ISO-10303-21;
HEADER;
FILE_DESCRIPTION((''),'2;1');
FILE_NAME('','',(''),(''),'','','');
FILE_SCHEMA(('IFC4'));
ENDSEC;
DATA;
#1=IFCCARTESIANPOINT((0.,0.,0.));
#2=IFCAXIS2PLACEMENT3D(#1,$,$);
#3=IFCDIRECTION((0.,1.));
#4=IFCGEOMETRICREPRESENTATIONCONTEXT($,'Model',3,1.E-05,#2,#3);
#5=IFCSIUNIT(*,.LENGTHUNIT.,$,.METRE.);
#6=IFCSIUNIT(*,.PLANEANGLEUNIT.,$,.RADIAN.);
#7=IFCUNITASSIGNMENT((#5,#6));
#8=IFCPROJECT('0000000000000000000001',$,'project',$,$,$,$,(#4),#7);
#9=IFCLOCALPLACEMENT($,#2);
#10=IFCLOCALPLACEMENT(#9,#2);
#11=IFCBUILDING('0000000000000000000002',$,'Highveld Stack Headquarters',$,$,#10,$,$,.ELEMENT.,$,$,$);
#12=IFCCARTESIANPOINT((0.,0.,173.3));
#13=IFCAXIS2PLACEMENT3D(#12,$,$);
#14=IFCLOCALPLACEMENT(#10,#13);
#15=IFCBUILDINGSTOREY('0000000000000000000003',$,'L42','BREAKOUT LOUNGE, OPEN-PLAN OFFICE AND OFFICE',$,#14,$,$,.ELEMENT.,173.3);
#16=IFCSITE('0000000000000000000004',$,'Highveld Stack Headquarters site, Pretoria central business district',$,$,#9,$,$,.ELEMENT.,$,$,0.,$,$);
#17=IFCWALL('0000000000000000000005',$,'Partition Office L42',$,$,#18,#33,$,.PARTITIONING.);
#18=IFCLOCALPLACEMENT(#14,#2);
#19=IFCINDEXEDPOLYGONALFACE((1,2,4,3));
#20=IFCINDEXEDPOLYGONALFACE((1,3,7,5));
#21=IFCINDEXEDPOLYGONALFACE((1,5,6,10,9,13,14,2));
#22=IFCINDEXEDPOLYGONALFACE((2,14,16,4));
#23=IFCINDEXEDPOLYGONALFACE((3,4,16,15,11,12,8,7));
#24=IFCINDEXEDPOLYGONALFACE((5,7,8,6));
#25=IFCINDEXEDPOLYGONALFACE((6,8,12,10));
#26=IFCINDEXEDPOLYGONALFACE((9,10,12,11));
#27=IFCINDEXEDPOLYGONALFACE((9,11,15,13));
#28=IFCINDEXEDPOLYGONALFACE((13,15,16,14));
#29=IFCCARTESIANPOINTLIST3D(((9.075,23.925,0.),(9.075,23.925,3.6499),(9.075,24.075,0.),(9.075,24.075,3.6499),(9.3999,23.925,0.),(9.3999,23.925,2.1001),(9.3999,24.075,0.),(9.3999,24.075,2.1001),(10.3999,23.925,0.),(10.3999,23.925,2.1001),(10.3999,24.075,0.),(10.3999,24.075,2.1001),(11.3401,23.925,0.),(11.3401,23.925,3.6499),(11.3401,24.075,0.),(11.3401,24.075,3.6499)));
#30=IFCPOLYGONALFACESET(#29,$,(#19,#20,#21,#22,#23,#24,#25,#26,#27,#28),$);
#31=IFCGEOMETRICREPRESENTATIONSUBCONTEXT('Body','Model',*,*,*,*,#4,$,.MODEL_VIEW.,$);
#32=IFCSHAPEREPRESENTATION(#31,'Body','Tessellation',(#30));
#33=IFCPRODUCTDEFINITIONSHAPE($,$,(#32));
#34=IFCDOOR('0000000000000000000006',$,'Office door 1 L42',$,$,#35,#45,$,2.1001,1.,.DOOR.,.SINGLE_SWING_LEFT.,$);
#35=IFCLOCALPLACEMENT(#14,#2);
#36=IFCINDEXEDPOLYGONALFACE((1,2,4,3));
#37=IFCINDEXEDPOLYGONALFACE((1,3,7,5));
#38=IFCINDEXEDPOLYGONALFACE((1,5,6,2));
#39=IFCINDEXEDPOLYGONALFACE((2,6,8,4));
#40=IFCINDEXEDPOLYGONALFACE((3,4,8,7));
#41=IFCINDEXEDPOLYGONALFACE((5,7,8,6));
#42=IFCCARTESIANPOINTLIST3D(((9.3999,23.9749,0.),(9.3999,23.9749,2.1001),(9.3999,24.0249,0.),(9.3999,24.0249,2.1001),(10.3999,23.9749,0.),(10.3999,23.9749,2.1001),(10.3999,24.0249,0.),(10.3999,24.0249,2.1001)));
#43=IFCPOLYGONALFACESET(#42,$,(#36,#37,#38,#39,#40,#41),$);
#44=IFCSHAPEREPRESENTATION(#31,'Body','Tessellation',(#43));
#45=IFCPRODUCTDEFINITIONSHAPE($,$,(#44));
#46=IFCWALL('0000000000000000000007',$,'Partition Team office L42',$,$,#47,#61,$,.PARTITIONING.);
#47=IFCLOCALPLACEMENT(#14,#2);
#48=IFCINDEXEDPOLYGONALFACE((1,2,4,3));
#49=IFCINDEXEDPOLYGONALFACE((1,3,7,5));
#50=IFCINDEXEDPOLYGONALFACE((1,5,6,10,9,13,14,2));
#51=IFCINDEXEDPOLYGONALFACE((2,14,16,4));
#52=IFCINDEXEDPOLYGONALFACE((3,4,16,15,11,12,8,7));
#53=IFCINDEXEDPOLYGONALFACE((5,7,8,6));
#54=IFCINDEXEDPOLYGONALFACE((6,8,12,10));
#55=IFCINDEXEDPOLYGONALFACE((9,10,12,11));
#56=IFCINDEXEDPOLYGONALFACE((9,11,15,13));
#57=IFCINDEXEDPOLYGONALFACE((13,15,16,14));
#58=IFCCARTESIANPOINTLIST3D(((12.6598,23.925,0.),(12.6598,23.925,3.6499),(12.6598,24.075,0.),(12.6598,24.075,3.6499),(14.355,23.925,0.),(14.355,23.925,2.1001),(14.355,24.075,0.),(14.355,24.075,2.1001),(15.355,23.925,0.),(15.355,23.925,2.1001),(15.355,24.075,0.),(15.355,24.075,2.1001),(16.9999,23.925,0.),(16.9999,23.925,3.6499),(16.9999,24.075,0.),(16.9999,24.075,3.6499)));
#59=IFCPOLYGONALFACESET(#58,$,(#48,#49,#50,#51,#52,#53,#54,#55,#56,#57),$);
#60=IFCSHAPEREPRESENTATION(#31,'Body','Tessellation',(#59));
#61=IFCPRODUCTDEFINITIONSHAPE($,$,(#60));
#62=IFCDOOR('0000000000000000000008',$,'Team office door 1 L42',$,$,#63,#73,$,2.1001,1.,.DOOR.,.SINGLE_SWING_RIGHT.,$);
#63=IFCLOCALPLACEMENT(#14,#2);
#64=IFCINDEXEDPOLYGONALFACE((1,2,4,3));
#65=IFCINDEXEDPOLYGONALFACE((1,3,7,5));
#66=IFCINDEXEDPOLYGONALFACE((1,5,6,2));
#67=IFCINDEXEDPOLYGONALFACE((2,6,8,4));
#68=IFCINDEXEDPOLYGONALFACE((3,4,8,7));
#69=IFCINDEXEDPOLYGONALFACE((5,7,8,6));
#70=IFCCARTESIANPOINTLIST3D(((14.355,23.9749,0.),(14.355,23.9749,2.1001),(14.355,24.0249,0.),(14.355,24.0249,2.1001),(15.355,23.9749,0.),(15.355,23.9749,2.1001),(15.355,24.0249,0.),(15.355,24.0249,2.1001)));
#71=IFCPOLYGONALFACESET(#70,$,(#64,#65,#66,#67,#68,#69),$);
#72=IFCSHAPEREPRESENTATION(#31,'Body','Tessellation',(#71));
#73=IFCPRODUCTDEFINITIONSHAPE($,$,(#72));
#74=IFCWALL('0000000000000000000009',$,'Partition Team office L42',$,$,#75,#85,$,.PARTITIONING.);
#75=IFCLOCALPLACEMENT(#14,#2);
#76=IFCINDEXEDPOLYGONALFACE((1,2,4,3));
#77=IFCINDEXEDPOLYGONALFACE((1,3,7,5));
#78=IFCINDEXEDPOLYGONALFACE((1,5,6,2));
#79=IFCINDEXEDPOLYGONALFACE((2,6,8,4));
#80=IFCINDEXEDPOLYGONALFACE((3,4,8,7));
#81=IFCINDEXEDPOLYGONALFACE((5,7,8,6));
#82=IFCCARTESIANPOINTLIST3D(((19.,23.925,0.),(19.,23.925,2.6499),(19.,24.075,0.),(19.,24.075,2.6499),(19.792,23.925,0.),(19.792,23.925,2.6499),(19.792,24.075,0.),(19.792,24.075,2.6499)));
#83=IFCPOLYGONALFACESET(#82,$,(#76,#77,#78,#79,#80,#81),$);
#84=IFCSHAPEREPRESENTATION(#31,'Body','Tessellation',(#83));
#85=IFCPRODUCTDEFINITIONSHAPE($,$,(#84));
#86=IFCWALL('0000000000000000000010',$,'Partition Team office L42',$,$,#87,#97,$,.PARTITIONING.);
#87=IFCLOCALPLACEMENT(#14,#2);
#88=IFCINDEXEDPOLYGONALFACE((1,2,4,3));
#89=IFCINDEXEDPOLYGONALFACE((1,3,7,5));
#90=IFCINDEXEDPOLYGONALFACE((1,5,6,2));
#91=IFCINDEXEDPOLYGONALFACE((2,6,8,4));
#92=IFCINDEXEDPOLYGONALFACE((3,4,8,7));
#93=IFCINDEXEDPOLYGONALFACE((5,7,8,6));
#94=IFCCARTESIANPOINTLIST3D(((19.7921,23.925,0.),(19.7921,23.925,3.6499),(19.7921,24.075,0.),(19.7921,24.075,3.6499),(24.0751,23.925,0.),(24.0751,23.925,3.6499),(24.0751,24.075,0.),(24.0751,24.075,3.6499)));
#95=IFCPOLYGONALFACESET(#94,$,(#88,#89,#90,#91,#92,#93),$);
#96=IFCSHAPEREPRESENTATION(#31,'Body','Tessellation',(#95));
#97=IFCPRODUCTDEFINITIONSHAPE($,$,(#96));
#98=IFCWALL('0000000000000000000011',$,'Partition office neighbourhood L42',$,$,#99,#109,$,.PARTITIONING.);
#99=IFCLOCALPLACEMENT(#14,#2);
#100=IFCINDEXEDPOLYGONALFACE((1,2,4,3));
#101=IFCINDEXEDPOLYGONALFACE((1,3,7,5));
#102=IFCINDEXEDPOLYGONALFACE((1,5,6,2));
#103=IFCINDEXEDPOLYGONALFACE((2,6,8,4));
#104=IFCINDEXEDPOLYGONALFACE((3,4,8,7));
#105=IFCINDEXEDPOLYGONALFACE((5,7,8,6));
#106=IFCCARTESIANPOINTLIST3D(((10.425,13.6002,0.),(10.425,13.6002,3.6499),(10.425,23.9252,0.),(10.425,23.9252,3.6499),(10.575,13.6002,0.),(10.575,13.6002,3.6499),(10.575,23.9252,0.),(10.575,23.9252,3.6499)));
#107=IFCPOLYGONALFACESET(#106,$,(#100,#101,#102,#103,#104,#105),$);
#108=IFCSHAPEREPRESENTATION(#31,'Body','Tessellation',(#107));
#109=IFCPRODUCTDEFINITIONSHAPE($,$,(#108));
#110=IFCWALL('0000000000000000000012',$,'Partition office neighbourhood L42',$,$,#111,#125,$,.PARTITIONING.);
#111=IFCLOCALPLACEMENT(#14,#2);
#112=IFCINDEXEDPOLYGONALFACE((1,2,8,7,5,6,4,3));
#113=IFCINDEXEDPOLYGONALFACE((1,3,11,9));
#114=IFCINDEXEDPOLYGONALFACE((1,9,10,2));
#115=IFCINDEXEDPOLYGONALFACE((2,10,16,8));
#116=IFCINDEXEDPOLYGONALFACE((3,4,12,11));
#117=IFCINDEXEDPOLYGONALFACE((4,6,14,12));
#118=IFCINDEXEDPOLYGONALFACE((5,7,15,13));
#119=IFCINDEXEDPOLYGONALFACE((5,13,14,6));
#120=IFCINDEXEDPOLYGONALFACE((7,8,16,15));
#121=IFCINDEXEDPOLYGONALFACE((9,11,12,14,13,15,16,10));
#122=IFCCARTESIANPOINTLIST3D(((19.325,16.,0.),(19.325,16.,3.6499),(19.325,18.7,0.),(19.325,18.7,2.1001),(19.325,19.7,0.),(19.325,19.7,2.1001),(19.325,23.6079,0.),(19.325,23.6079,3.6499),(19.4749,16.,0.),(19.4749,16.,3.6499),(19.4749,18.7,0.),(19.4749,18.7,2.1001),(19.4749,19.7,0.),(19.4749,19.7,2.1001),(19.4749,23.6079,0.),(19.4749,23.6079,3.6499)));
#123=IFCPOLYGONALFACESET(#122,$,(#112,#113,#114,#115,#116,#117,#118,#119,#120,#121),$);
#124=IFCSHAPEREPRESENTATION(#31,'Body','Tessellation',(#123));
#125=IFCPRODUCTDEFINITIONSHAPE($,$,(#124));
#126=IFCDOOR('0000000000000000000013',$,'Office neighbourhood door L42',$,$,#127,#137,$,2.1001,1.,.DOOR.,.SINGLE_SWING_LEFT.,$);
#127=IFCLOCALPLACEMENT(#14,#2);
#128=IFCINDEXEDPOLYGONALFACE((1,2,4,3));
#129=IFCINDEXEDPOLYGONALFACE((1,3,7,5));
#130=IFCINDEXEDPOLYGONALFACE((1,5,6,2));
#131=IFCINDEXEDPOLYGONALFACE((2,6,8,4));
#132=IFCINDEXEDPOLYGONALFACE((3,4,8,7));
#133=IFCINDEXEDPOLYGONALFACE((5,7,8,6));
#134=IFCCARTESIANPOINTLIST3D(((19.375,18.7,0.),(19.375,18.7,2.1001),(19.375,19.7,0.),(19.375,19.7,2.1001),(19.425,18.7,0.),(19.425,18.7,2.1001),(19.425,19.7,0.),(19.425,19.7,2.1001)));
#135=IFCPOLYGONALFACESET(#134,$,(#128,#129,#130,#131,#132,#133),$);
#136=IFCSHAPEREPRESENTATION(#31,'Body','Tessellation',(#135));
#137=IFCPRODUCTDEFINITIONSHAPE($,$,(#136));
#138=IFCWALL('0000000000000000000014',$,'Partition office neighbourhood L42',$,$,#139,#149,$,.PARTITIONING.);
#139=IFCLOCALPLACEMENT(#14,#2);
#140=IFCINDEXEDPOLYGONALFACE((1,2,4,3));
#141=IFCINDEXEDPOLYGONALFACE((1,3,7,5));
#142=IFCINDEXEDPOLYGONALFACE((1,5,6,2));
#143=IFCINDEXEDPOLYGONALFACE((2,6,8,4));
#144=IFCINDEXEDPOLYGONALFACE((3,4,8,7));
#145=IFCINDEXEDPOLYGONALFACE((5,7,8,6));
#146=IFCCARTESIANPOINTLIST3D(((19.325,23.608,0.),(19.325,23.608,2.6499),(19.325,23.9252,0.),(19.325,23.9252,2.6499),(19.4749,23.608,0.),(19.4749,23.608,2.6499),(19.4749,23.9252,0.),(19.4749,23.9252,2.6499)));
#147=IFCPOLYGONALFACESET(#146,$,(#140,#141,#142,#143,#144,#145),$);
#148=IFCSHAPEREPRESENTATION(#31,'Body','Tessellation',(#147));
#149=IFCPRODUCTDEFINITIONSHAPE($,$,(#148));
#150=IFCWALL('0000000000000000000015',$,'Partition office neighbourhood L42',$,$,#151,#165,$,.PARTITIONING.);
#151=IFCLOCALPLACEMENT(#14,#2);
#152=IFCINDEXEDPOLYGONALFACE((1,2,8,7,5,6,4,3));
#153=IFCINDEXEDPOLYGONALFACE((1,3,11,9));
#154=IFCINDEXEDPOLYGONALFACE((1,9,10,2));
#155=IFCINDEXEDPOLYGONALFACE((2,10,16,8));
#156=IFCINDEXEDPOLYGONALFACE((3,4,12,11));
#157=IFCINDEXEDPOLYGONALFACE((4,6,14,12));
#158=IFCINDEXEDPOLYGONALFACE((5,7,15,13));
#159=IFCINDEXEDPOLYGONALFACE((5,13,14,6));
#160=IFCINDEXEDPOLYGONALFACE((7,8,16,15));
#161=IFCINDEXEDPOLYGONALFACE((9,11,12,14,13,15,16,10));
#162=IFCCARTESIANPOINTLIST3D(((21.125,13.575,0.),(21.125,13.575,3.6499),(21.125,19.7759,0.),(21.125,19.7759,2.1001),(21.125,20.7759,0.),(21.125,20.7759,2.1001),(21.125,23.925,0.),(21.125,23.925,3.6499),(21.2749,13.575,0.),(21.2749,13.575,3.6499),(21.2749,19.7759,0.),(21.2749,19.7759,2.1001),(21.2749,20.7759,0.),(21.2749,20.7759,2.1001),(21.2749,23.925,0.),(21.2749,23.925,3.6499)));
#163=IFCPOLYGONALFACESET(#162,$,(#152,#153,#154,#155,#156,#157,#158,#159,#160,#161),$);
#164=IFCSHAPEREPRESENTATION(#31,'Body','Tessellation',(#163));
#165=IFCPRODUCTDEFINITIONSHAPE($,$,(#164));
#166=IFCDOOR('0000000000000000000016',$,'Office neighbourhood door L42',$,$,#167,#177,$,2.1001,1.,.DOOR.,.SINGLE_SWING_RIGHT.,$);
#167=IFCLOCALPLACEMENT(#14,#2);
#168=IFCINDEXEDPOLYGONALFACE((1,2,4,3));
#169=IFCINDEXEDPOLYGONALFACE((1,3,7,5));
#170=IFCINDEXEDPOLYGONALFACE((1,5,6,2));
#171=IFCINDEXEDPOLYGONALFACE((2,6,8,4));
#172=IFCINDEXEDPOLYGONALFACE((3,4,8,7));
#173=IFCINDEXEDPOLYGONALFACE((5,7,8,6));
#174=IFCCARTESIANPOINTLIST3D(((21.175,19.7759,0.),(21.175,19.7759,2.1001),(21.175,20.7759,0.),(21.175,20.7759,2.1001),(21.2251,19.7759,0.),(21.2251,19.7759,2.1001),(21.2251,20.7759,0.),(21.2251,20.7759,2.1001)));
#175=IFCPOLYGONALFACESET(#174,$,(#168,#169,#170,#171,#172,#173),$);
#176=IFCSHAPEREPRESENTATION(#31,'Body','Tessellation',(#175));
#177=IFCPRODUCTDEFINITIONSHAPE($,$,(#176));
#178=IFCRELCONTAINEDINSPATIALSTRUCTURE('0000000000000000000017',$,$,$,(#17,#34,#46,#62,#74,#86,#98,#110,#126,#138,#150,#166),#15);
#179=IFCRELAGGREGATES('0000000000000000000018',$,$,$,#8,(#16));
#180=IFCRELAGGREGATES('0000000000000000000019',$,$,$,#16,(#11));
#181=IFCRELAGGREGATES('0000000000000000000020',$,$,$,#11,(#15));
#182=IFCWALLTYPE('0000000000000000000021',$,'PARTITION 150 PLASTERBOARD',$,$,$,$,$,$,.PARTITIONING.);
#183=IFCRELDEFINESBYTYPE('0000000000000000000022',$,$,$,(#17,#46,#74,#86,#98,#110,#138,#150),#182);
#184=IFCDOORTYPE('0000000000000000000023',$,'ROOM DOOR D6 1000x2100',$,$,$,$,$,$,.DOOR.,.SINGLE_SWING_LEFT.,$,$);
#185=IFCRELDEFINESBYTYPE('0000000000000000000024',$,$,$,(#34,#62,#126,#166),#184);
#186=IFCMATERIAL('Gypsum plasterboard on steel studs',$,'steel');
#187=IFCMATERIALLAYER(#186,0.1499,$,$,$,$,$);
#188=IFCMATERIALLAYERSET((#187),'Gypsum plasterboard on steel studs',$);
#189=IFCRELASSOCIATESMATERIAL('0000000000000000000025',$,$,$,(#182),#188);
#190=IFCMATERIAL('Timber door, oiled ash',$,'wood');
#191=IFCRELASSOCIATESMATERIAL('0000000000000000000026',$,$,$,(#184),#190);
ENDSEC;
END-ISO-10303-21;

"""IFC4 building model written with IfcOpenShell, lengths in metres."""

from ifc_helpers import new_model, si_unit, direction, frame, frame_2d, origin, place, context, subcontext, project, spatial, rectangle, extrude, material, layer, layer_set, type_object, element, fill, save


model = new_model("IFC4")

# Units and contexts
model_context = context("Model", 3, precision=1e-05, world=origin(), true_north=direction((0.0, 1.0)))
body_context = subcontext(model_context, "Body", "Model", "MODEL_VIEW")
ifc_project = project(units=[si_unit("LENGTHUNIT", "METRE"), si_unit("PLANEANGLEUNIT", "RADIAN")], contexts=[model_context])

# Site, building, storey
site_placement = place(None, origin())
site = spatial("IfcSite", under=ifc_project, at=site_placement, Name="Highveld Stack Headquarters site, Pretoria central business district", CompositionType="ELEMENT", RefElevation=0.0)
building_placement = place(site_placement, origin())
building = spatial("IfcBuilding", under=site, at=building_placement, Name="Highveld Stack Headquarters", CompositionType="ELEMENT")
storey_placement = place(building_placement, frame((0.0, 0.0, 173.3)))
storey = spatial("IfcBuildingStorey", under=building, at=storey_placement, Name="L42", Description="BREAKOUT LOUNGE, OPEN-PLAN OFFICE AND OFFICE", CompositionType="ELEMENT", Elevation=173.3)

# Walls, openings, doors
ifc_material_1 = material(Name="Gypsum plasterboard on steel studs", Category="steel")
ifc_layer_1 = layer(ifc_material_1, 0.1499)
ifc_layer_set_1 = layer_set([ifc_layer_1], Name="Gypsum plasterboard on steel studs")
wall_type_1 = type_object("IfcWallType", Name="PARTITION 150 PLASTERBOARD", PredefinedType="PARTITIONING", material=ifc_layer_set_1)
wall_1_placement = place(storey_placement, frame((9.075, 24.0, 0.0), z_axis=(0.0, 0.0, 1.0), x_axis=(1.0, 0.0, 0.0)))
wall_1 = element("IfcWall", 1, at=wall_1_placement, inside=storey, type_object=wall_type_1, Name="Partition Office L42", PredefinedType="PARTITIONING", context=body_context, shape_type="SweptSolid", body=[
    extrude(rectangle(XDim=2.2651, YDim=0.1499, at=frame_2d((1.1326, 0.0))), origin(), (0.0, 0.0, 1.0), 3.6499),
])
opening_1_placement = place(wall_1_placement, frame((0.325, 0.0, 0.0)))
opening_1 = element("IfcOpeningElement", 2, at=opening_1_placement, cuts=wall_1, PredefinedType="OPENING", context=body_context, shape_type="SweptSolid", body=[
    extrude(rectangle(XDim=1.0, YDim=2.1001, at=frame_2d((0.5, 1.05))), frame((0.0, 0.085, 0.0), z_axis=(0.0, -1.0, 0.0), x_axis=(1.0, 0.0, 0.0)), (0.0, 0.0, 1.0), 0.1699),
])
ifc_material_2 = material(Name="Timber door, oiled ash", Category="wood")
door_type = type_object("IfcDoorType", Name="ROOM DOOR D6 1000x2100", OperationType="SINGLE_SWING_LEFT", PredefinedType="DOOR", material=ifc_material_2)
door_1_placement = place(opening_1_placement, origin())
door_1 = element("IfcDoor", 3, at=door_1_placement, inside=storey, type_object=door_type, Name="Office door 1 L42", OperationType="SINGLE_SWING_LEFT", OverallHeight=2.1001, OverallWidth=1.0, PredefinedType="DOOR", context=body_context, shape_type="SweptSolid", body=[
    extrude(rectangle(XDim=1.0, YDim=2.1001, at=frame_2d((0.5, 1.05))), frame((0.0, 0.0249, 0.0), z_axis=(0.0, -1.0, 0.0), x_axis=(1.0, 0.0, 0.0)), (0.0, 0.0, 1.0), 0.05),
])
fill(opening_1, door_1)
wall_2_placement = place(storey_placement, frame((12.6599, 24.0, 0.0), z_axis=(0.0, 0.0, 1.0), x_axis=(1.0, 0.0, 0.0)))
wall_2 = element("IfcWall", 4, at=wall_2_placement, inside=storey, type_object=wall_type_1, Name="Partition Team office L42", PredefinedType="PARTITIONING", context=body_context, shape_type="SweptSolid", body=[
    extrude(rectangle(XDim=4.3401, YDim=0.1499, at=frame_2d((2.1699, 0.0))), origin(), (0.0, 0.0, 1.0), 3.6499),
])
opening_2_placement = place(wall_2_placement, frame((1.6951, 0.0, 0.0)))
opening_2 = element("IfcOpeningElement", 5, at=opening_2_placement, cuts=wall_2, PredefinedType="OPENING", context=body_context, shape_type="SweptSolid", body=[
    extrude(rectangle(XDim=1.0, YDim=2.1001, at=frame_2d((0.5, 1.05))), frame((0.0, 0.085, 0.0), z_axis=(0.0, -1.0, 0.0), x_axis=(1.0, 0.0, 0.0)), (0.0, 0.0, 1.0), 0.1699),
])
door_2_placement = place(opening_2_placement, origin())
door_2 = element("IfcDoor", 6, at=door_2_placement, inside=storey, type_object=door_type, Name="Team office door 1 L42", OperationType="SINGLE_SWING_RIGHT", OverallHeight=2.1001, OverallWidth=1.0, PredefinedType="DOOR", context=body_context, shape_type="SweptSolid", body=[
    extrude(rectangle(XDim=1.0, YDim=2.1001, at=frame_2d((0.5, 1.05))), frame((0.0, 0.0249, 0.0), z_axis=(0.0, -1.0, 0.0), x_axis=(1.0, 0.0, 0.0)), (0.0, 0.0, 1.0), 0.05),
])
fill(opening_2, door_2)

# Walls
wall_3_placement = place(storey_placement, frame((19.0, 24.0, 0.0), z_axis=(0.0, 0.0, 1.0), x_axis=(1.0, 0.0, 0.0)))
element("IfcWall", 7, at=wall_3_placement, inside=storey, type_object=wall_type_1, Name="Partition Team office L42", PredefinedType="PARTITIONING", context=body_context, shape_type="SweptSolid", body=[
    extrude(rectangle(XDim=0.792, YDim=0.1499, at=frame_2d((0.396, 0.0))), origin(), (0.0, 0.0, 1.0), 2.6499),
])
wall_4_placement = place(storey_placement, frame((19.792, 24.0, 0.0), z_axis=(0.0, 0.0, 1.0), x_axis=(1.0, 0.0, 0.0)))
element("IfcWall", 8, at=wall_4_placement, inside=storey, type_object=wall_type_1, Name="Partition Team office L42", PredefinedType="PARTITIONING", context=body_context, shape_type="SweptSolid", body=[
    extrude(rectangle(XDim=4.283, YDim=0.1499, at=frame_2d((2.1416, 0.0))), origin(), (0.0, 0.0, 1.0), 3.6499),
])
wall_5_placement = place(storey_placement, frame((10.5, 13.6001, 0.0), z_axis=(0.0, 0.0, 1.0), x_axis=(0.0, 1.0, 0.0)))
element("IfcWall", 9, at=wall_5_placement, inside=storey, type_object=wall_type_1, Name="Partition office neighbourhood L42", PredefinedType="PARTITIONING", context=body_context, shape_type="SweptSolid", body=[
    extrude(rectangle(XDim=10.325, YDim=0.1499, at=frame_2d((5.1626, 0.0))), origin(), (0.0, 0.0, 1.0), 3.6499),
])

# Wall, opening, door
wall_6_placement = place(storey_placement, frame((19.3999, 16.0, 0.0), z_axis=(0.0, 0.0, 1.0), x_axis=(0.0, 1.0, 0.0)))
wall_6 = element("IfcWall", 10, at=wall_6_placement, inside=storey, type_object=wall_type_1, Name="Partition office neighbourhood L42", PredefinedType="PARTITIONING", context=body_context, shape_type="SweptSolid", body=[
    extrude(rectangle(XDim=7.6079, YDim=0.1499, at=frame_2d((3.804, 0.0))), origin(), (0.0, 0.0, 1.0), 3.6499),
])
opening_3_placement = place(wall_6_placement, frame((2.7, 0.0, 0.0)))
opening_3 = element("IfcOpeningElement", 11, at=opening_3_placement, cuts=wall_6, PredefinedType="OPENING", context=body_context, shape_type="SweptSolid", body=[
    extrude(rectangle(XDim=1.0, YDim=2.1001, at=frame_2d((0.5, 1.05))), frame((0.0, 0.085, 0.0), z_axis=(0.0, -1.0, 0.0), x_axis=(1.0, 0.0, 0.0)), (0.0, 0.0, 1.0), 0.1699),
])
door_3_placement = place(opening_3_placement, origin())
door_3 = element("IfcDoor", 12, at=door_3_placement, inside=storey, type_object=door_type, Name="Office neighbourhood door L42", OperationType="SINGLE_SWING_LEFT", OverallHeight=2.1001, OverallWidth=1.0, PredefinedType="DOOR", context=body_context, shape_type="SweptSolid", body=[
    extrude(rectangle(XDim=1.0, YDim=2.1001, at=frame_2d((0.5, 1.05))), frame((0.0, 0.0249, 0.0), z_axis=(0.0, -1.0, 0.0), x_axis=(1.0, 0.0, 0.0)), (0.0, 0.0, 1.0), 0.05),
])
fill(opening_3, door_3)

# Wall
wall_7_placement = place(storey_placement, frame((19.3999, 23.6079, 0.0), z_axis=(0.0, 0.0, 1.0), x_axis=(0.0, 1.0, 0.0)))
element("IfcWall", 13, at=wall_7_placement, inside=storey, type_object=wall_type_1, Name="Partition office neighbourhood L42", PredefinedType="PARTITIONING", context=body_context, shape_type="SweptSolid", body=[
    extrude(rectangle(XDim=0.3171, YDim=0.1499, at=frame_2d((0.1587, 0.0))), origin(), (0.0, 0.0, 1.0), 2.6499),
])

# Wall, opening, door
wall_8_placement = place(storey_placement, frame((21.2, 13.575, 0.0), z_axis=(0.0, 0.0, 1.0), x_axis=(0.0, 1.0, 0.0)))
wall_8 = element("IfcWall", 14, at=wall_8_placement, inside=storey, type_object=wall_type_1, Name="Partition office neighbourhood L42", PredefinedType="PARTITIONING", context=body_context, shape_type="SweptSolid", body=[
    extrude(rectangle(XDim=10.3501, YDim=0.1499, at=frame_2d((5.175, 0.0))), origin(), (0.0, 0.0, 1.0), 3.6499),
])
opening_4_placement = place(wall_8_placement, frame((6.2009, 0.0, 0.0)))
opening_4 = element("IfcOpeningElement", 15, at=opening_4_placement, cuts=wall_8, PredefinedType="OPENING", context=body_context, shape_type="SweptSolid", body=[
    extrude(rectangle(XDim=1.0, YDim=2.1001, at=frame_2d((0.5, 1.05))), frame((0.0, 0.085, 0.0), z_axis=(0.0, -1.0, 0.0), x_axis=(1.0, 0.0, 0.0)), (0.0, 0.0, 1.0), 0.1699),
])
door_4_placement = place(opening_4_placement, origin())
door_4 = element("IfcDoor", 16, at=door_4_placement, inside=storey, type_object=door_type, Name="Office neighbourhood door L42", OperationType="SINGLE_SWING_RIGHT", OverallHeight=2.1001, OverallWidth=1.0, PredefinedType="DOOR", context=body_context, shape_type="SweptSolid", body=[
    extrude(rectangle(XDim=1.0, YDim=2.1001, at=frame_2d((0.5, 1.05))), frame((0.0, 0.0249, 0.0), z_axis=(0.0, -1.0, 0.0), x_axis=(1.0, 0.0, 0.0)), (0.0, 0.0, 1.0), 0.05),
])
fill(opening_4, door_4)

save(model, "model.ifc")
